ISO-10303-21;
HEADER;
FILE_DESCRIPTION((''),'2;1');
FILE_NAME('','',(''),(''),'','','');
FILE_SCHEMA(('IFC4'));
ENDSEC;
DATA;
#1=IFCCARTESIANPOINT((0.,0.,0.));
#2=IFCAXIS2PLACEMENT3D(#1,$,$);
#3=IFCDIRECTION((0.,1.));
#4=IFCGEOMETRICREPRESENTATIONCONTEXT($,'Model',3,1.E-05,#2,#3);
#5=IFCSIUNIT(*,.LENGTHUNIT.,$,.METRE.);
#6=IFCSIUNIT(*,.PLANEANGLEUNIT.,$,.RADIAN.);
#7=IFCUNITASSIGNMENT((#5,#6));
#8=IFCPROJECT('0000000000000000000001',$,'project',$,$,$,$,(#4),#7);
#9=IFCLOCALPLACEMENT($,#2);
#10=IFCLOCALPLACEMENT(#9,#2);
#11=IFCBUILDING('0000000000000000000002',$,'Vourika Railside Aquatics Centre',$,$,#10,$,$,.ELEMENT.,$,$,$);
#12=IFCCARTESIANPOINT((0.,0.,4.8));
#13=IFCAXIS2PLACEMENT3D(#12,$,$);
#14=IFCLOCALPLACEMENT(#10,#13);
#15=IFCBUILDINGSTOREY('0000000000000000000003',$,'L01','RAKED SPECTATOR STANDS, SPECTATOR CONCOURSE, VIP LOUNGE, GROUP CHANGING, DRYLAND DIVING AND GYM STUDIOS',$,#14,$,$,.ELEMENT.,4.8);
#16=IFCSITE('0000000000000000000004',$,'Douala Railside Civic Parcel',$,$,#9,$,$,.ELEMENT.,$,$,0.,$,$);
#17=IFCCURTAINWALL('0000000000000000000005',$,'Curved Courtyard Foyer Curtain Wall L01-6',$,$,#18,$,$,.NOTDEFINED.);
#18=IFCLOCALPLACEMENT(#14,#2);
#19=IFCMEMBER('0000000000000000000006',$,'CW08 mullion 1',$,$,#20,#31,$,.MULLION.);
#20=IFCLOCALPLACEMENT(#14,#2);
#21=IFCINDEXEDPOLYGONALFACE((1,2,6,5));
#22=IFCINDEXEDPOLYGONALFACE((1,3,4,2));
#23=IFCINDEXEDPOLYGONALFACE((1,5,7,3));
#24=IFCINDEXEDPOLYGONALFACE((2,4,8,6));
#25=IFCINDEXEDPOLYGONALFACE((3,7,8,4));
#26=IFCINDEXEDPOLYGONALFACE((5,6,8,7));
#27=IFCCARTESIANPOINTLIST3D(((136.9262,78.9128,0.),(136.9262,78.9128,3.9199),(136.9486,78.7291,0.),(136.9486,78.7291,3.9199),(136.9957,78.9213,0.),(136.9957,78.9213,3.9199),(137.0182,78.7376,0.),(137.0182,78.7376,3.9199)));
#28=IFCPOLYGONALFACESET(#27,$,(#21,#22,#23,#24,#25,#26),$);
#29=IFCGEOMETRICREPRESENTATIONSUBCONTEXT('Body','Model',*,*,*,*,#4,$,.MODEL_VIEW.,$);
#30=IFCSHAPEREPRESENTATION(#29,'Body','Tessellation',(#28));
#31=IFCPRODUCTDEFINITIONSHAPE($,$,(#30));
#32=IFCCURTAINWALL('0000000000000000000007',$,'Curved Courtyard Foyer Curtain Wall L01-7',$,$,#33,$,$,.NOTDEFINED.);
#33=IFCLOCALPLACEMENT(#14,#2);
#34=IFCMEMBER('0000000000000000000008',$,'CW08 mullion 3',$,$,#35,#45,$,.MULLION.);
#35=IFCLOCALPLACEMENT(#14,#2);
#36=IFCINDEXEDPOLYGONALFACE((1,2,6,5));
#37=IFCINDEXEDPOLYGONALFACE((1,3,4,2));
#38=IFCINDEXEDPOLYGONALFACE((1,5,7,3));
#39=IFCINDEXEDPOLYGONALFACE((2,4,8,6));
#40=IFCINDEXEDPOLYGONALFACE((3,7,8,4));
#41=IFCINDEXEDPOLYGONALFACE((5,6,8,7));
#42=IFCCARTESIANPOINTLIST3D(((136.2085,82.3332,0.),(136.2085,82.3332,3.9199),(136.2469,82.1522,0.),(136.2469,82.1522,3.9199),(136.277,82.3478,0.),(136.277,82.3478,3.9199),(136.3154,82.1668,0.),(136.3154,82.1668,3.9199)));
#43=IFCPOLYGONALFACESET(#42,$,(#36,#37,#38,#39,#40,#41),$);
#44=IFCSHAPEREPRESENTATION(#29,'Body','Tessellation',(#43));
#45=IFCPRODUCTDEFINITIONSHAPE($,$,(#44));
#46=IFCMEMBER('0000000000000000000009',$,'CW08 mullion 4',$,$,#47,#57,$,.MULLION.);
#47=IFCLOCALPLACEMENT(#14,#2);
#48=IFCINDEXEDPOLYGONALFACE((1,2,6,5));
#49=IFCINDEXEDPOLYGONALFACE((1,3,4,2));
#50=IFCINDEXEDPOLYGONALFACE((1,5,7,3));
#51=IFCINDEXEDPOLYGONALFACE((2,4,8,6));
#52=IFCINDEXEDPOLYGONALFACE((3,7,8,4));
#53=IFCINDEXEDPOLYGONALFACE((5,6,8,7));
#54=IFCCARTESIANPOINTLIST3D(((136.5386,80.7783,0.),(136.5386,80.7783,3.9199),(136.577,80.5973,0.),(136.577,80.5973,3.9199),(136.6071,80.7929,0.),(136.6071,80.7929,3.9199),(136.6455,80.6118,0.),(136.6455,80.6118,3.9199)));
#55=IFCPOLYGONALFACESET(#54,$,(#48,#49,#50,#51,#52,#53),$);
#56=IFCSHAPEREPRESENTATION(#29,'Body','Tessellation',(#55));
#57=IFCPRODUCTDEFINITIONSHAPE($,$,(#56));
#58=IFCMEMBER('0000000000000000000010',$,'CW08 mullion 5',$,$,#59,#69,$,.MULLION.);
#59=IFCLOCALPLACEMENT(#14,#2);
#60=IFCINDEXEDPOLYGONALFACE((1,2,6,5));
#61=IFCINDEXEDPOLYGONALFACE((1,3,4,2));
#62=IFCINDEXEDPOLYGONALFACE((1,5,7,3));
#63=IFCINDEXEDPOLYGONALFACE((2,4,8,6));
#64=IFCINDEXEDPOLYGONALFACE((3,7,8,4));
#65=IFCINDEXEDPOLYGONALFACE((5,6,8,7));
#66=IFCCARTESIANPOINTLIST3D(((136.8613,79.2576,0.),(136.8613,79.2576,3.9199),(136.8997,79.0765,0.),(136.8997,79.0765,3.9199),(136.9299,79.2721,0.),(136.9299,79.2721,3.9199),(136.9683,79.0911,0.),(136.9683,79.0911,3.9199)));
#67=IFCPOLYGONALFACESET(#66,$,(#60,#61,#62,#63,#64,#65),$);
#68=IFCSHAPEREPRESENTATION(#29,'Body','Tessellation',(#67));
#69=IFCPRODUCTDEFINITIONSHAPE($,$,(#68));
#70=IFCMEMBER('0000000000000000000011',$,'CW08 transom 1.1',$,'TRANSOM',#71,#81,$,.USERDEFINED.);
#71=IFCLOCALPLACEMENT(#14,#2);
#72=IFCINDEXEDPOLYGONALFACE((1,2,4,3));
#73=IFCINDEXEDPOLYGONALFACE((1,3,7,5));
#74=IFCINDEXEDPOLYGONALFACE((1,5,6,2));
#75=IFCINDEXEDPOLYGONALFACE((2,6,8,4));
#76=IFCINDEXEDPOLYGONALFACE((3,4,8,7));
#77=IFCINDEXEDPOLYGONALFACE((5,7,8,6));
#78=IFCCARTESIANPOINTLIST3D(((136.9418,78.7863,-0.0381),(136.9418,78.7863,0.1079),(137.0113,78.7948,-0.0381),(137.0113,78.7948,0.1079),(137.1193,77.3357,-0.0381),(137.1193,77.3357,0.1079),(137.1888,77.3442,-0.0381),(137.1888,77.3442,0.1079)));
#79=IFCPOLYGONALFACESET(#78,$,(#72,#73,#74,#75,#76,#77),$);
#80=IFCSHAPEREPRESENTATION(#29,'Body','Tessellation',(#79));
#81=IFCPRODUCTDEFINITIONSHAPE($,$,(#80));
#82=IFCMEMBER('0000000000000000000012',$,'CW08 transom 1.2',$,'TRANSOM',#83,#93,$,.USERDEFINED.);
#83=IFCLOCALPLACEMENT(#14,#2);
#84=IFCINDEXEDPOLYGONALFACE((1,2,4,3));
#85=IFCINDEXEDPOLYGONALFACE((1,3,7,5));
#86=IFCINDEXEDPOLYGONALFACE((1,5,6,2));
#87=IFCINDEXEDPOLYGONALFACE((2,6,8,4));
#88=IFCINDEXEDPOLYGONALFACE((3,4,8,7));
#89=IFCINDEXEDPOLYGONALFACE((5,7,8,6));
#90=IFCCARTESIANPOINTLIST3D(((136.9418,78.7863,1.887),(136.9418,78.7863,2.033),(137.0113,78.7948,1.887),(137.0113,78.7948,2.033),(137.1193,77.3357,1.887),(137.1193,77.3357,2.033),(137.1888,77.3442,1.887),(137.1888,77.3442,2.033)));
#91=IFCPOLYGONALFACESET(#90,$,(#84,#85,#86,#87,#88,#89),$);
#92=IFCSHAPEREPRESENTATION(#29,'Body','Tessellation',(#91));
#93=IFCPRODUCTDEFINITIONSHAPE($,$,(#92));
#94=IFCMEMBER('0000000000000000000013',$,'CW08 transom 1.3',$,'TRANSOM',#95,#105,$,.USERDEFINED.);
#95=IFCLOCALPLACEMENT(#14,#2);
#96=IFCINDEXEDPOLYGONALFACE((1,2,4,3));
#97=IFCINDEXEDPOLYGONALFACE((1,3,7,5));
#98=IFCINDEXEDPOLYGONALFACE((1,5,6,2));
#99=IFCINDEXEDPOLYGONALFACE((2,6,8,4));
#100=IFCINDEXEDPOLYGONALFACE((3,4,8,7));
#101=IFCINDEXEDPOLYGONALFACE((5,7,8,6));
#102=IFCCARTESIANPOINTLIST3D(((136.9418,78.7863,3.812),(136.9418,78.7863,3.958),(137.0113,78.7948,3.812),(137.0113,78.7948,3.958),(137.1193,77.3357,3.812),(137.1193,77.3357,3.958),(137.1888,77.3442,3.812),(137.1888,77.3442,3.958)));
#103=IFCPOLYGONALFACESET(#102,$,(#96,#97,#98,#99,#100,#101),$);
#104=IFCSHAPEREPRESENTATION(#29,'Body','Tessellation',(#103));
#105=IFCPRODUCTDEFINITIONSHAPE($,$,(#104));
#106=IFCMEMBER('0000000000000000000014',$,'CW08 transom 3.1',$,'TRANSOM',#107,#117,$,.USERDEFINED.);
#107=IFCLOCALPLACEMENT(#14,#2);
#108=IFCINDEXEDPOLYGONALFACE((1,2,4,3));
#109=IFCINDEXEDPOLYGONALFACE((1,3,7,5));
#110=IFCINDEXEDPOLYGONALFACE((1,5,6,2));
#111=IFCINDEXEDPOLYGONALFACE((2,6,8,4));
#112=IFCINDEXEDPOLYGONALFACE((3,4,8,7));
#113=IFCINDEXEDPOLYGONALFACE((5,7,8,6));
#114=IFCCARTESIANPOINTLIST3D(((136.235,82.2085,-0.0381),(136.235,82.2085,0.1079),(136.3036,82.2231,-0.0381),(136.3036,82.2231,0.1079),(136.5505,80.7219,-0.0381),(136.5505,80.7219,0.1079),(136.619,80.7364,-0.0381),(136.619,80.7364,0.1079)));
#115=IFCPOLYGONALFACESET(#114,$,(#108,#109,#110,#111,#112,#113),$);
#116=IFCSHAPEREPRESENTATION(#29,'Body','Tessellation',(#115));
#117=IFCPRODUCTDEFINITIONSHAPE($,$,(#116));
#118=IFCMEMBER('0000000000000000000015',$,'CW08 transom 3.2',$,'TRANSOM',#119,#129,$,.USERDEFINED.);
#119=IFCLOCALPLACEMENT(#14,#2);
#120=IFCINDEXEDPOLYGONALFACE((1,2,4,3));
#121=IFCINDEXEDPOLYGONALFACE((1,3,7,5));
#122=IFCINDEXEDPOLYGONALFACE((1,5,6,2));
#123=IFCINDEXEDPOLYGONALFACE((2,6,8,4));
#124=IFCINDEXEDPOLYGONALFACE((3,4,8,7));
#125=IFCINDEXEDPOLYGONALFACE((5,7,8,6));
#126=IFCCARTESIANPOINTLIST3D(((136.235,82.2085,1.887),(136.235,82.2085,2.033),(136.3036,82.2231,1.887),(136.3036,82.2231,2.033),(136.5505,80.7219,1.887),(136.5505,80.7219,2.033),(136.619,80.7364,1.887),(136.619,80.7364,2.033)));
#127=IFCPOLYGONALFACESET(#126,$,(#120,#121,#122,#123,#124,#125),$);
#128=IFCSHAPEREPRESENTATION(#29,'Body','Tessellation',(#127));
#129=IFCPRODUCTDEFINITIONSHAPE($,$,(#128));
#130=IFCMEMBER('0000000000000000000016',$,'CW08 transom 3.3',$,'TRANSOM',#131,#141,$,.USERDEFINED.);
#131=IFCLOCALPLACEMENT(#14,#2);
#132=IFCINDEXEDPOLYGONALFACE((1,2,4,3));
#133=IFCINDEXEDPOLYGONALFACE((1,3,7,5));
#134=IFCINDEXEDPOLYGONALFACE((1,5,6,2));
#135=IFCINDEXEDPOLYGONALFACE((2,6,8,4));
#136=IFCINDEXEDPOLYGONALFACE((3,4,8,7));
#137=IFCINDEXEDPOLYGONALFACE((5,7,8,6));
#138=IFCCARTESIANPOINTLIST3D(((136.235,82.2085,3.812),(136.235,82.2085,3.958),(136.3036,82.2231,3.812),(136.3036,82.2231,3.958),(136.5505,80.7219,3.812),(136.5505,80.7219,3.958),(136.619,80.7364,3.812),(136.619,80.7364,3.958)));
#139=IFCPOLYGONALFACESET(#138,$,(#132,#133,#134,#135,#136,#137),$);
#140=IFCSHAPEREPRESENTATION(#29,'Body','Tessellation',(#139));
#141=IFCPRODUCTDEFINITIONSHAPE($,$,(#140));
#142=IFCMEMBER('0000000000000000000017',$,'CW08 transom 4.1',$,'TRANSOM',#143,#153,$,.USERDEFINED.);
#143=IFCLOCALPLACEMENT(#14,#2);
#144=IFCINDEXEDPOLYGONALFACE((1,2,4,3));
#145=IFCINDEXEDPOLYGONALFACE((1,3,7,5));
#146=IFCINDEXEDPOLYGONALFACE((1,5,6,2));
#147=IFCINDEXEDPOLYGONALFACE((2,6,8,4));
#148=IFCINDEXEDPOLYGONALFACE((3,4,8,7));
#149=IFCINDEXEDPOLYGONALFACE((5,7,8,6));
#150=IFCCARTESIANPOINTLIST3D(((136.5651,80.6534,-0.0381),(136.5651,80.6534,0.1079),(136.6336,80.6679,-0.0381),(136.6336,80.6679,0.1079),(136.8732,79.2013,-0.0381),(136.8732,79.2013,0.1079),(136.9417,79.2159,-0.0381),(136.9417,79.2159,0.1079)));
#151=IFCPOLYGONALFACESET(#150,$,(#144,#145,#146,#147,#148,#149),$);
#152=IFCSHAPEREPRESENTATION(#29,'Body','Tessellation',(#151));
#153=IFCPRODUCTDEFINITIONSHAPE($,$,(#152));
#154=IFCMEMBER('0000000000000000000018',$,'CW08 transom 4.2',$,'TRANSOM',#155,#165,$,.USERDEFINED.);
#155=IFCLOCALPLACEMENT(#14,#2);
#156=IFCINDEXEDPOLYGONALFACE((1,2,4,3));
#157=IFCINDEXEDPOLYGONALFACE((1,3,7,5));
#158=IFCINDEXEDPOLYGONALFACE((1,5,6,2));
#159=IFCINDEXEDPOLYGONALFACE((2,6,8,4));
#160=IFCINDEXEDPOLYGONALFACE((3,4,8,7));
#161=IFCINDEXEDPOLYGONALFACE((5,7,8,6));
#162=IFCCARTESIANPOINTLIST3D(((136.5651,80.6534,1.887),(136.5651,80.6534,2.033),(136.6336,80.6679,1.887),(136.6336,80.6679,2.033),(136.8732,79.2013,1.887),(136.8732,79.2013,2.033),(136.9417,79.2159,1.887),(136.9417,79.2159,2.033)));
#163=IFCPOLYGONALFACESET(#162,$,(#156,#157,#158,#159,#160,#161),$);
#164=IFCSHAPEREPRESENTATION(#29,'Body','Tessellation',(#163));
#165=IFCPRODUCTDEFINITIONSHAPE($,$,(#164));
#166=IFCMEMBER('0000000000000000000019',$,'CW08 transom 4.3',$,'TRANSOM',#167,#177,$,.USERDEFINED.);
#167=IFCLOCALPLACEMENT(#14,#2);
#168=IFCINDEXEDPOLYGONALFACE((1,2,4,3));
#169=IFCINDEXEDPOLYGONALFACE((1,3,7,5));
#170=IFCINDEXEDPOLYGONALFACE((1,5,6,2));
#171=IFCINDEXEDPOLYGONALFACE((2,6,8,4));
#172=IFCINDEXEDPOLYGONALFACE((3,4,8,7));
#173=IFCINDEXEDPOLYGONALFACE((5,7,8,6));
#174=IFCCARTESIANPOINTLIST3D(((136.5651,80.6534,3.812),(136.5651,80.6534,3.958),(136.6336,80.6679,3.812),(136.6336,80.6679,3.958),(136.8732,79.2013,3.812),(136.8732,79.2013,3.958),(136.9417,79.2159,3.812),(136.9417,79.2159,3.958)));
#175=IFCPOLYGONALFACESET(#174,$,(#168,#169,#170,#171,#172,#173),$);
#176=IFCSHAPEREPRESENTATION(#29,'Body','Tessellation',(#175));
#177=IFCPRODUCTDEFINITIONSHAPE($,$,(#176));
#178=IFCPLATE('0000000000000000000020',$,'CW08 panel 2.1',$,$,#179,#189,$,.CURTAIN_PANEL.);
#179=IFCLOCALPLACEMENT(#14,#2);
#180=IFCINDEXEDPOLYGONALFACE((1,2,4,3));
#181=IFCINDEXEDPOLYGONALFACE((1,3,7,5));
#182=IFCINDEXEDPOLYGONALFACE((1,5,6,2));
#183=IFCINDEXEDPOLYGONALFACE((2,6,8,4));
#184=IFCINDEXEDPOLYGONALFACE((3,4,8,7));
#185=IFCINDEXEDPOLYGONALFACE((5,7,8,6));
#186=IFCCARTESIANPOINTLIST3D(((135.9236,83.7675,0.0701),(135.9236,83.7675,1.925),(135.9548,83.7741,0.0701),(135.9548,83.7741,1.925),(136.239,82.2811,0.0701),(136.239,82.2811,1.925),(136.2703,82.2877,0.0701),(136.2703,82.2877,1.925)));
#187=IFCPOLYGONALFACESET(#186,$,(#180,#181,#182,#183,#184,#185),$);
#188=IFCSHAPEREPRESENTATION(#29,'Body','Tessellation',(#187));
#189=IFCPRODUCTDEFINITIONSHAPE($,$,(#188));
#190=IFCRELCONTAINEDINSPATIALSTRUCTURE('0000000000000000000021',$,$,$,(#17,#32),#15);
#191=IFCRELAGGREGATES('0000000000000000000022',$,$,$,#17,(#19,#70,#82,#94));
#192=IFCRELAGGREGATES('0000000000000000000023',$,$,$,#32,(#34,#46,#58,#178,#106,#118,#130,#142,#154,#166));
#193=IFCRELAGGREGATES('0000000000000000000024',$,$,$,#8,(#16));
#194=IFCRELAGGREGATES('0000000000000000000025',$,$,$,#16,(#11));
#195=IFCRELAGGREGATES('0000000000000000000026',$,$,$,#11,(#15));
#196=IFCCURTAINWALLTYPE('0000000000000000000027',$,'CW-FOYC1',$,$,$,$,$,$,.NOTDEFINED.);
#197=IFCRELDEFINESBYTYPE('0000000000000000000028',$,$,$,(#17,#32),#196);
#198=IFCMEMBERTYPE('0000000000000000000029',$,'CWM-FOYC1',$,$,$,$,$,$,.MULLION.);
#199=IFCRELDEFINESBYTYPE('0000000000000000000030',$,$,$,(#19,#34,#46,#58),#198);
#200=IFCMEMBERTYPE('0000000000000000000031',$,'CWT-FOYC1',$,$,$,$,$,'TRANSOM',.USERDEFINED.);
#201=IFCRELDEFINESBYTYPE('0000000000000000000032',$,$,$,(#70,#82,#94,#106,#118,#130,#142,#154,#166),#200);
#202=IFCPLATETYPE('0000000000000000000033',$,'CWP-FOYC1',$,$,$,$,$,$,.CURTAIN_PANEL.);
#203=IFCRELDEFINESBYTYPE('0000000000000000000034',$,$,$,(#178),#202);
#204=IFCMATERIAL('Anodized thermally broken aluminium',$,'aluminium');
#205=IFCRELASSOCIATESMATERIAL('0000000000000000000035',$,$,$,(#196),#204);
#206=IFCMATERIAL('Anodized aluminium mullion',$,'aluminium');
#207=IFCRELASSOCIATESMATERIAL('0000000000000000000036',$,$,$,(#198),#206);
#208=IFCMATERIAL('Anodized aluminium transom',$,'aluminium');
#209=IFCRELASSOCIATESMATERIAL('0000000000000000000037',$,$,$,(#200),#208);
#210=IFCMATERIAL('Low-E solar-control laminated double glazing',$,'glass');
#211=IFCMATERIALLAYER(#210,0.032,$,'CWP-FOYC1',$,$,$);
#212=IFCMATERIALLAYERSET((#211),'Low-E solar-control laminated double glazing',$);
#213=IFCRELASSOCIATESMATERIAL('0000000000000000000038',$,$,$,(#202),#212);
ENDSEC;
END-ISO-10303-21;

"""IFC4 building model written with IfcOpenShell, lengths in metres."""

from ifc_helpers import new_model, si_unit, direction, frame, origin, origin_2d, place, context, subcontext, project, spatial, rectangle, extrude, material, layer, layer_set, material_profile, profile_set, type_object, element, aggregate, save


model = new_model("IFC4")

# Units and contexts
model_context = context("Model", 3, precision=1e-05, world=origin(), true_north=direction((0.0, 1.0)))
body_context = subcontext(model_context, "Body", "Model", "MODEL_VIEW")
ifc_project = project(units=[si_unit("LENGTHUNIT", "METRE"), si_unit("PLANEANGLEUNIT", "RADIAN")], contexts=[model_context])

# Site, building, storey
site_placement = place(None, origin())
site = spatial("IfcSite", under=ifc_project, at=site_placement, Name="Douala Railside Civic Parcel", CompositionType="ELEMENT", RefElevation=0.0)
building_placement = place(site_placement, origin())
building = spatial("IfcBuilding", under=site, at=building_placement, Name="Vourika Railside Aquatics Centre", CompositionType="ELEMENT")
storey_placement = place(building_placement, frame((0.0, 0.0, 4.8)))
storey = spatial("IfcBuildingStorey", under=building, at=storey_placement, Name="L01", Description="RAKED SPECTATOR STANDS, SPECTATOR CONCOURSE, VIP LOUNGE, GROUP CHANGING, DRYLAND DIVING AND GYM STUDIOS", CompositionType="ELEMENT", Elevation=4.8)

# Curtain wall, member
ifc_material_1 = material(Name="Anodized thermally broken aluminium", Category="aluminium")
curtain_wall_type = type_object("IfcCurtainWallType", Name="CW-FOYC1", PredefinedType="NOTDEFINED", material=ifc_material_1)
curtain_wall_1_placement = place(storey_placement, origin())
curtain_wall_1 = element("IfcCurtainWall", 1, at=curtain_wall_1_placement, inside=storey, type_object=curtain_wall_type, Name="Curved Courtyard Foyer Curtain Wall L01-6", PredefinedType="NOTDEFINED")
ifc_material_2 = material(Name="Anodized aluminium mullion", Category="aluminium")
ifc_material_profile_1 = material_profile(ifc_material_2, rectangle(XDim=0.0701, YDim=0.1851, at=origin_2d()), Name="ALU-M 70x185")
ifc_profile_set_1 = profile_set([ifc_material_profile_1], Name="Anodized aluminium mullion")
member_type_1 = type_object("IfcMemberType", Name="CWM-FOYC1", PredefinedType="MULLION", material=ifc_profile_set_1)
member_1_placement = place(storey_placement, frame((136.9722, 78.8252, 0.0), z_axis=(0.0, 0.0, 1.0), x_axis=(0.992599, 0.121442, 0.0)))
member_1 = element("IfcMember", 2, at=member_1_placement, type_object=member_type_1, Name="CW08 mullion 1", PredefinedType="MULLION", context=body_context, shape_type="SweptSolid", body=[
    extrude(rectangle(XDim=0.0701, YDim=0.1851, at=origin_2d()), origin(), (0.0, 0.0, 1.0), 3.9199),
])

# Curtain wall, members
curtain_wall_2_placement = place(storey_placement, origin())
curtain_wall_2 = element("IfcCurtainWall", 3, at=curtain_wall_2_placement, inside=storey, type_object=curtain_wall_type, Name="Curved Courtyard Foyer Curtain Wall L01-7", PredefinedType="NOTDEFINED")
member_2_placement = place(storey_placement, frame((136.262, 82.25, 0.0), z_axis=(0.0, 0.0, 1.0), x_axis=(0.978215, 0.207595, 0.0)))
member_2 = element("IfcMember", 4, at=member_2_placement, type_object=member_type_1, Name="CW08 mullion 3", PredefinedType="MULLION", context=body_context, shape_type="SweptSolid", body=[
    extrude(rectangle(XDim=0.0701, YDim=0.1851, at=origin_2d()), origin(), (0.0, 0.0, 1.0), 3.9199),
])
member_3_placement = place(storey_placement, frame((136.592, 80.6951, 0.0), z_axis=(0.0, 0.0, 1.0), x_axis=(0.978215, 0.207595, 0.0)))
member_3 = element("IfcMember", 5, at=member_3_placement, type_object=member_type_1, Name="CW08 mullion 4", PredefinedType="MULLION", context=body_context, shape_type="SweptSolid", body=[
    extrude(rectangle(XDim=0.0701, YDim=0.1851, at=origin_2d()), origin(), (0.0, 0.0, 1.0), 3.9199),
])
member_4_placement = place(storey_placement, frame((136.9148, 79.1743, 0.0), z_axis=(0.0, 0.0, 1.0), x_axis=(0.978215, 0.207595, 0.0)))
member_4 = element("IfcMember", 6, at=member_4_placement, type_object=member_type_1, Name="CW08 mullion 5", PredefinedType="MULLION", context=body_context, shape_type="SweptSolid", body=[
    extrude(rectangle(XDim=0.0701, YDim=0.1851, at=origin_2d()), origin(), (0.0, 0.0, 1.0), 3.9199),
])

# Members
ifc_material_3 = material(Name="Anodized aluminium transom", Category="aluminium")
ifc_material_profile_2 = material_profile(ifc_material_3, rectangle(XDim=0.0701, YDim=0.146, at=origin_2d()), Name="ALU-T 70x146")
ifc_profile_set_2 = profile_set([ifc_material_profile_2], Name="Anodized aluminium transom")
member_type_2 = type_object("IfcMemberType", Name="CWT-FOYC1", ElementType="TRANSOM", PredefinedType="USERDEFINED", material=ifc_profile_set_2)
member_5_placement = place(storey_placement, frame((136.9766, 78.7905, 0.0349), z_axis=(0.121444, -0.992598, 0.0), x_axis=(0.992598, 0.121444, 0.0)))
member_5 = element("IfcMember", 7, at=member_5_placement, type_object=member_type_2, Name="CW08 transom 1.1", ObjectType="TRANSOM", PredefinedType="USERDEFINED", context=body_context, shape_type="SweptSolid", body=[
    extrude(rectangle(XDim=0.0701, YDim=0.146, at=origin_2d()), origin(), (0.0, 0.0, 1.0), 1.4614),
])
member_6_placement = place(storey_placement, frame((136.9766, 78.7905, 1.96), z_axis=(0.121444, -0.992598, 0.0), x_axis=(0.992598, 0.121444, 0.0)))
member_6 = element("IfcMember", 8, at=member_6_placement, type_object=member_type_2, Name="CW08 transom 1.2", ObjectType="TRANSOM", PredefinedType="USERDEFINED", context=body_context, shape_type="SweptSolid", body=[
    extrude(rectangle(XDim=0.0701, YDim=0.146, at=origin_2d()), origin(), (0.0, 0.0, 1.0), 1.4614),
])
member_7_placement = place(storey_placement, frame((136.9766, 78.7905, 3.885), z_axis=(0.121444, -0.992598, 0.0), x_axis=(0.992598, 0.121444, 0.0)))
member_7 = element("IfcMember", 9, at=member_7_placement, type_object=member_type_2, Name="CW08 transom 1.3", ObjectType="TRANSOM", PredefinedType="USERDEFINED", context=body_context, shape_type="SweptSolid", body=[
    extrude(rectangle(XDim=0.0701, YDim=0.146, at=origin_2d()), origin(), (0.0, 0.0, 1.0), 1.4614),
])
aggregate(curtain_wall_1, [member_1, member_5, member_6, member_7])
member_8_placement = place(storey_placement, frame((136.2693, 82.2158, 0.0349), z_axis=(0.207565, -0.978221, 0.0), x_axis=(0.978221, 0.207565, 0.0)))
member_8 = element("IfcMember", 10, at=member_8_placement, type_object=member_type_2, Name="CW08 transom 3.1", ObjectType="TRANSOM", PredefinedType="USERDEFINED", context=body_context, shape_type="SweptSolid", body=[
    extrude(rectangle(XDim=0.0701, YDim=0.146, at=origin_2d()), origin(), (0.0, 0.0, 1.0), 1.5198),
])
member_9_placement = place(storey_placement, frame((136.2693, 82.2158, 1.96), z_axis=(0.207565, -0.978221, 0.0), x_axis=(0.978221, 0.207565, 0.0)))
member_9 = element("IfcMember", 11, at=member_9_placement, type_object=member_type_2, Name="CW08 transom 3.2", ObjectType="TRANSOM", PredefinedType="USERDEFINED", context=body_context, shape_type="SweptSolid", body=[
    extrude(rectangle(XDim=0.0701, YDim=0.146, at=origin_2d()), origin(), (0.0, 0.0, 1.0), 1.5198),
])
member_10_placement = place(storey_placement, frame((136.2693, 82.2158, 3.885), z_axis=(0.207565, -0.978221, 0.0), x_axis=(0.978221, 0.207565, 0.0)))
member_10 = element("IfcMember", 12, at=member_10_placement, type_object=member_type_2, Name="CW08 transom 3.3", ObjectType="TRANSOM", PredefinedType="USERDEFINED", context=body_context, shape_type="SweptSolid", body=[
    extrude(rectangle(XDim=0.0701, YDim=0.146, at=origin_2d()), origin(), (0.0, 0.0, 1.0), 1.5198),
])
member_11_placement = place(storey_placement, frame((136.5994, 80.6606, 0.0349), z_axis=(0.207552, -0.978224, 0.0), x_axis=(0.978224, 0.207552, 0.0)))
member_11 = element("IfcMember", 13, at=member_11_placement, type_object=member_type_2, Name="CW08 transom 4.1", ObjectType="TRANSOM", PredefinedType="USERDEFINED", context=body_context, shape_type="SweptSolid", body=[
    extrude(rectangle(XDim=0.0701, YDim=0.146, at=origin_2d()), origin(), (0.0, 0.0, 1.0), 1.4844),
])
member_12_placement = place(storey_placement, frame((136.5994, 80.6606, 1.96), z_axis=(0.207552, -0.978224, 0.0), x_axis=(0.978224, 0.207552, 0.0)))
member_12 = element("IfcMember", 14, at=member_12_placement, type_object=member_type_2, Name="CW08 transom 4.2", ObjectType="TRANSOM", PredefinedType="USERDEFINED", context=body_context, shape_type="SweptSolid", body=[
    extrude(rectangle(XDim=0.0701, YDim=0.146, at=origin_2d()), origin(), (0.0, 0.0, 1.0), 1.4844),
])
member_13_placement = place(storey_placement, frame((136.5994, 80.6606, 3.885), z_axis=(0.207552, -0.978224, 0.0), x_axis=(0.978224, 0.207552, 0.0)))
member_13 = element("IfcMember", 15, at=member_13_placement, type_object=member_type_2, Name="CW08 transom 4.3", ObjectType="TRANSOM", PredefinedType="USERDEFINED", context=body_context, shape_type="SweptSolid", body=[
    extrude(rectangle(XDim=0.0701, YDim=0.146, at=origin_2d()), origin(), (0.0, 0.0, 1.0), 1.4844),
])

# Plate
ifc_material_4 = material(Name="Low-E solar-control laminated double glazing", Category="glass")
ifc_layer = layer(ifc_material_4, 0.032, Name="CWP-FOYC1")
ifc_layer_set = layer_set([ifc_layer], Name="Low-E solar-control laminated double glazing")
plate_type = type_object("IfcPlateType", Name="CWP-FOYC1", PredefinedType="CURTAIN_PANEL", material=ifc_layer_set)
plate_1_placement = place(storey_placement, frame((136.0969, 83.0276, 0.0701), z_axis=(0.0, 0.0, 1.0), x_axis=(0.207595, -0.978215, 0.0)))
plate_1 = element("IfcPlate", 16, at=plate_1_placement, type_object=plate_type, Name="CW08 panel 2.1", PredefinedType="CURTAIN_PANEL", context=body_context, shape_type="SweptSolid", body=[
    extrude(rectangle(XDim=1.5195, YDim=0.032, at=origin_2d()), origin(), (0.0, 0.0, 1.0), 1.855),
])
aggregate(curtain_wall_2, [member_2, member_3, member_4, plate_1, member_8, member_9, member_10, member_11, member_12, member_13])

save(model, "model.ifc")
